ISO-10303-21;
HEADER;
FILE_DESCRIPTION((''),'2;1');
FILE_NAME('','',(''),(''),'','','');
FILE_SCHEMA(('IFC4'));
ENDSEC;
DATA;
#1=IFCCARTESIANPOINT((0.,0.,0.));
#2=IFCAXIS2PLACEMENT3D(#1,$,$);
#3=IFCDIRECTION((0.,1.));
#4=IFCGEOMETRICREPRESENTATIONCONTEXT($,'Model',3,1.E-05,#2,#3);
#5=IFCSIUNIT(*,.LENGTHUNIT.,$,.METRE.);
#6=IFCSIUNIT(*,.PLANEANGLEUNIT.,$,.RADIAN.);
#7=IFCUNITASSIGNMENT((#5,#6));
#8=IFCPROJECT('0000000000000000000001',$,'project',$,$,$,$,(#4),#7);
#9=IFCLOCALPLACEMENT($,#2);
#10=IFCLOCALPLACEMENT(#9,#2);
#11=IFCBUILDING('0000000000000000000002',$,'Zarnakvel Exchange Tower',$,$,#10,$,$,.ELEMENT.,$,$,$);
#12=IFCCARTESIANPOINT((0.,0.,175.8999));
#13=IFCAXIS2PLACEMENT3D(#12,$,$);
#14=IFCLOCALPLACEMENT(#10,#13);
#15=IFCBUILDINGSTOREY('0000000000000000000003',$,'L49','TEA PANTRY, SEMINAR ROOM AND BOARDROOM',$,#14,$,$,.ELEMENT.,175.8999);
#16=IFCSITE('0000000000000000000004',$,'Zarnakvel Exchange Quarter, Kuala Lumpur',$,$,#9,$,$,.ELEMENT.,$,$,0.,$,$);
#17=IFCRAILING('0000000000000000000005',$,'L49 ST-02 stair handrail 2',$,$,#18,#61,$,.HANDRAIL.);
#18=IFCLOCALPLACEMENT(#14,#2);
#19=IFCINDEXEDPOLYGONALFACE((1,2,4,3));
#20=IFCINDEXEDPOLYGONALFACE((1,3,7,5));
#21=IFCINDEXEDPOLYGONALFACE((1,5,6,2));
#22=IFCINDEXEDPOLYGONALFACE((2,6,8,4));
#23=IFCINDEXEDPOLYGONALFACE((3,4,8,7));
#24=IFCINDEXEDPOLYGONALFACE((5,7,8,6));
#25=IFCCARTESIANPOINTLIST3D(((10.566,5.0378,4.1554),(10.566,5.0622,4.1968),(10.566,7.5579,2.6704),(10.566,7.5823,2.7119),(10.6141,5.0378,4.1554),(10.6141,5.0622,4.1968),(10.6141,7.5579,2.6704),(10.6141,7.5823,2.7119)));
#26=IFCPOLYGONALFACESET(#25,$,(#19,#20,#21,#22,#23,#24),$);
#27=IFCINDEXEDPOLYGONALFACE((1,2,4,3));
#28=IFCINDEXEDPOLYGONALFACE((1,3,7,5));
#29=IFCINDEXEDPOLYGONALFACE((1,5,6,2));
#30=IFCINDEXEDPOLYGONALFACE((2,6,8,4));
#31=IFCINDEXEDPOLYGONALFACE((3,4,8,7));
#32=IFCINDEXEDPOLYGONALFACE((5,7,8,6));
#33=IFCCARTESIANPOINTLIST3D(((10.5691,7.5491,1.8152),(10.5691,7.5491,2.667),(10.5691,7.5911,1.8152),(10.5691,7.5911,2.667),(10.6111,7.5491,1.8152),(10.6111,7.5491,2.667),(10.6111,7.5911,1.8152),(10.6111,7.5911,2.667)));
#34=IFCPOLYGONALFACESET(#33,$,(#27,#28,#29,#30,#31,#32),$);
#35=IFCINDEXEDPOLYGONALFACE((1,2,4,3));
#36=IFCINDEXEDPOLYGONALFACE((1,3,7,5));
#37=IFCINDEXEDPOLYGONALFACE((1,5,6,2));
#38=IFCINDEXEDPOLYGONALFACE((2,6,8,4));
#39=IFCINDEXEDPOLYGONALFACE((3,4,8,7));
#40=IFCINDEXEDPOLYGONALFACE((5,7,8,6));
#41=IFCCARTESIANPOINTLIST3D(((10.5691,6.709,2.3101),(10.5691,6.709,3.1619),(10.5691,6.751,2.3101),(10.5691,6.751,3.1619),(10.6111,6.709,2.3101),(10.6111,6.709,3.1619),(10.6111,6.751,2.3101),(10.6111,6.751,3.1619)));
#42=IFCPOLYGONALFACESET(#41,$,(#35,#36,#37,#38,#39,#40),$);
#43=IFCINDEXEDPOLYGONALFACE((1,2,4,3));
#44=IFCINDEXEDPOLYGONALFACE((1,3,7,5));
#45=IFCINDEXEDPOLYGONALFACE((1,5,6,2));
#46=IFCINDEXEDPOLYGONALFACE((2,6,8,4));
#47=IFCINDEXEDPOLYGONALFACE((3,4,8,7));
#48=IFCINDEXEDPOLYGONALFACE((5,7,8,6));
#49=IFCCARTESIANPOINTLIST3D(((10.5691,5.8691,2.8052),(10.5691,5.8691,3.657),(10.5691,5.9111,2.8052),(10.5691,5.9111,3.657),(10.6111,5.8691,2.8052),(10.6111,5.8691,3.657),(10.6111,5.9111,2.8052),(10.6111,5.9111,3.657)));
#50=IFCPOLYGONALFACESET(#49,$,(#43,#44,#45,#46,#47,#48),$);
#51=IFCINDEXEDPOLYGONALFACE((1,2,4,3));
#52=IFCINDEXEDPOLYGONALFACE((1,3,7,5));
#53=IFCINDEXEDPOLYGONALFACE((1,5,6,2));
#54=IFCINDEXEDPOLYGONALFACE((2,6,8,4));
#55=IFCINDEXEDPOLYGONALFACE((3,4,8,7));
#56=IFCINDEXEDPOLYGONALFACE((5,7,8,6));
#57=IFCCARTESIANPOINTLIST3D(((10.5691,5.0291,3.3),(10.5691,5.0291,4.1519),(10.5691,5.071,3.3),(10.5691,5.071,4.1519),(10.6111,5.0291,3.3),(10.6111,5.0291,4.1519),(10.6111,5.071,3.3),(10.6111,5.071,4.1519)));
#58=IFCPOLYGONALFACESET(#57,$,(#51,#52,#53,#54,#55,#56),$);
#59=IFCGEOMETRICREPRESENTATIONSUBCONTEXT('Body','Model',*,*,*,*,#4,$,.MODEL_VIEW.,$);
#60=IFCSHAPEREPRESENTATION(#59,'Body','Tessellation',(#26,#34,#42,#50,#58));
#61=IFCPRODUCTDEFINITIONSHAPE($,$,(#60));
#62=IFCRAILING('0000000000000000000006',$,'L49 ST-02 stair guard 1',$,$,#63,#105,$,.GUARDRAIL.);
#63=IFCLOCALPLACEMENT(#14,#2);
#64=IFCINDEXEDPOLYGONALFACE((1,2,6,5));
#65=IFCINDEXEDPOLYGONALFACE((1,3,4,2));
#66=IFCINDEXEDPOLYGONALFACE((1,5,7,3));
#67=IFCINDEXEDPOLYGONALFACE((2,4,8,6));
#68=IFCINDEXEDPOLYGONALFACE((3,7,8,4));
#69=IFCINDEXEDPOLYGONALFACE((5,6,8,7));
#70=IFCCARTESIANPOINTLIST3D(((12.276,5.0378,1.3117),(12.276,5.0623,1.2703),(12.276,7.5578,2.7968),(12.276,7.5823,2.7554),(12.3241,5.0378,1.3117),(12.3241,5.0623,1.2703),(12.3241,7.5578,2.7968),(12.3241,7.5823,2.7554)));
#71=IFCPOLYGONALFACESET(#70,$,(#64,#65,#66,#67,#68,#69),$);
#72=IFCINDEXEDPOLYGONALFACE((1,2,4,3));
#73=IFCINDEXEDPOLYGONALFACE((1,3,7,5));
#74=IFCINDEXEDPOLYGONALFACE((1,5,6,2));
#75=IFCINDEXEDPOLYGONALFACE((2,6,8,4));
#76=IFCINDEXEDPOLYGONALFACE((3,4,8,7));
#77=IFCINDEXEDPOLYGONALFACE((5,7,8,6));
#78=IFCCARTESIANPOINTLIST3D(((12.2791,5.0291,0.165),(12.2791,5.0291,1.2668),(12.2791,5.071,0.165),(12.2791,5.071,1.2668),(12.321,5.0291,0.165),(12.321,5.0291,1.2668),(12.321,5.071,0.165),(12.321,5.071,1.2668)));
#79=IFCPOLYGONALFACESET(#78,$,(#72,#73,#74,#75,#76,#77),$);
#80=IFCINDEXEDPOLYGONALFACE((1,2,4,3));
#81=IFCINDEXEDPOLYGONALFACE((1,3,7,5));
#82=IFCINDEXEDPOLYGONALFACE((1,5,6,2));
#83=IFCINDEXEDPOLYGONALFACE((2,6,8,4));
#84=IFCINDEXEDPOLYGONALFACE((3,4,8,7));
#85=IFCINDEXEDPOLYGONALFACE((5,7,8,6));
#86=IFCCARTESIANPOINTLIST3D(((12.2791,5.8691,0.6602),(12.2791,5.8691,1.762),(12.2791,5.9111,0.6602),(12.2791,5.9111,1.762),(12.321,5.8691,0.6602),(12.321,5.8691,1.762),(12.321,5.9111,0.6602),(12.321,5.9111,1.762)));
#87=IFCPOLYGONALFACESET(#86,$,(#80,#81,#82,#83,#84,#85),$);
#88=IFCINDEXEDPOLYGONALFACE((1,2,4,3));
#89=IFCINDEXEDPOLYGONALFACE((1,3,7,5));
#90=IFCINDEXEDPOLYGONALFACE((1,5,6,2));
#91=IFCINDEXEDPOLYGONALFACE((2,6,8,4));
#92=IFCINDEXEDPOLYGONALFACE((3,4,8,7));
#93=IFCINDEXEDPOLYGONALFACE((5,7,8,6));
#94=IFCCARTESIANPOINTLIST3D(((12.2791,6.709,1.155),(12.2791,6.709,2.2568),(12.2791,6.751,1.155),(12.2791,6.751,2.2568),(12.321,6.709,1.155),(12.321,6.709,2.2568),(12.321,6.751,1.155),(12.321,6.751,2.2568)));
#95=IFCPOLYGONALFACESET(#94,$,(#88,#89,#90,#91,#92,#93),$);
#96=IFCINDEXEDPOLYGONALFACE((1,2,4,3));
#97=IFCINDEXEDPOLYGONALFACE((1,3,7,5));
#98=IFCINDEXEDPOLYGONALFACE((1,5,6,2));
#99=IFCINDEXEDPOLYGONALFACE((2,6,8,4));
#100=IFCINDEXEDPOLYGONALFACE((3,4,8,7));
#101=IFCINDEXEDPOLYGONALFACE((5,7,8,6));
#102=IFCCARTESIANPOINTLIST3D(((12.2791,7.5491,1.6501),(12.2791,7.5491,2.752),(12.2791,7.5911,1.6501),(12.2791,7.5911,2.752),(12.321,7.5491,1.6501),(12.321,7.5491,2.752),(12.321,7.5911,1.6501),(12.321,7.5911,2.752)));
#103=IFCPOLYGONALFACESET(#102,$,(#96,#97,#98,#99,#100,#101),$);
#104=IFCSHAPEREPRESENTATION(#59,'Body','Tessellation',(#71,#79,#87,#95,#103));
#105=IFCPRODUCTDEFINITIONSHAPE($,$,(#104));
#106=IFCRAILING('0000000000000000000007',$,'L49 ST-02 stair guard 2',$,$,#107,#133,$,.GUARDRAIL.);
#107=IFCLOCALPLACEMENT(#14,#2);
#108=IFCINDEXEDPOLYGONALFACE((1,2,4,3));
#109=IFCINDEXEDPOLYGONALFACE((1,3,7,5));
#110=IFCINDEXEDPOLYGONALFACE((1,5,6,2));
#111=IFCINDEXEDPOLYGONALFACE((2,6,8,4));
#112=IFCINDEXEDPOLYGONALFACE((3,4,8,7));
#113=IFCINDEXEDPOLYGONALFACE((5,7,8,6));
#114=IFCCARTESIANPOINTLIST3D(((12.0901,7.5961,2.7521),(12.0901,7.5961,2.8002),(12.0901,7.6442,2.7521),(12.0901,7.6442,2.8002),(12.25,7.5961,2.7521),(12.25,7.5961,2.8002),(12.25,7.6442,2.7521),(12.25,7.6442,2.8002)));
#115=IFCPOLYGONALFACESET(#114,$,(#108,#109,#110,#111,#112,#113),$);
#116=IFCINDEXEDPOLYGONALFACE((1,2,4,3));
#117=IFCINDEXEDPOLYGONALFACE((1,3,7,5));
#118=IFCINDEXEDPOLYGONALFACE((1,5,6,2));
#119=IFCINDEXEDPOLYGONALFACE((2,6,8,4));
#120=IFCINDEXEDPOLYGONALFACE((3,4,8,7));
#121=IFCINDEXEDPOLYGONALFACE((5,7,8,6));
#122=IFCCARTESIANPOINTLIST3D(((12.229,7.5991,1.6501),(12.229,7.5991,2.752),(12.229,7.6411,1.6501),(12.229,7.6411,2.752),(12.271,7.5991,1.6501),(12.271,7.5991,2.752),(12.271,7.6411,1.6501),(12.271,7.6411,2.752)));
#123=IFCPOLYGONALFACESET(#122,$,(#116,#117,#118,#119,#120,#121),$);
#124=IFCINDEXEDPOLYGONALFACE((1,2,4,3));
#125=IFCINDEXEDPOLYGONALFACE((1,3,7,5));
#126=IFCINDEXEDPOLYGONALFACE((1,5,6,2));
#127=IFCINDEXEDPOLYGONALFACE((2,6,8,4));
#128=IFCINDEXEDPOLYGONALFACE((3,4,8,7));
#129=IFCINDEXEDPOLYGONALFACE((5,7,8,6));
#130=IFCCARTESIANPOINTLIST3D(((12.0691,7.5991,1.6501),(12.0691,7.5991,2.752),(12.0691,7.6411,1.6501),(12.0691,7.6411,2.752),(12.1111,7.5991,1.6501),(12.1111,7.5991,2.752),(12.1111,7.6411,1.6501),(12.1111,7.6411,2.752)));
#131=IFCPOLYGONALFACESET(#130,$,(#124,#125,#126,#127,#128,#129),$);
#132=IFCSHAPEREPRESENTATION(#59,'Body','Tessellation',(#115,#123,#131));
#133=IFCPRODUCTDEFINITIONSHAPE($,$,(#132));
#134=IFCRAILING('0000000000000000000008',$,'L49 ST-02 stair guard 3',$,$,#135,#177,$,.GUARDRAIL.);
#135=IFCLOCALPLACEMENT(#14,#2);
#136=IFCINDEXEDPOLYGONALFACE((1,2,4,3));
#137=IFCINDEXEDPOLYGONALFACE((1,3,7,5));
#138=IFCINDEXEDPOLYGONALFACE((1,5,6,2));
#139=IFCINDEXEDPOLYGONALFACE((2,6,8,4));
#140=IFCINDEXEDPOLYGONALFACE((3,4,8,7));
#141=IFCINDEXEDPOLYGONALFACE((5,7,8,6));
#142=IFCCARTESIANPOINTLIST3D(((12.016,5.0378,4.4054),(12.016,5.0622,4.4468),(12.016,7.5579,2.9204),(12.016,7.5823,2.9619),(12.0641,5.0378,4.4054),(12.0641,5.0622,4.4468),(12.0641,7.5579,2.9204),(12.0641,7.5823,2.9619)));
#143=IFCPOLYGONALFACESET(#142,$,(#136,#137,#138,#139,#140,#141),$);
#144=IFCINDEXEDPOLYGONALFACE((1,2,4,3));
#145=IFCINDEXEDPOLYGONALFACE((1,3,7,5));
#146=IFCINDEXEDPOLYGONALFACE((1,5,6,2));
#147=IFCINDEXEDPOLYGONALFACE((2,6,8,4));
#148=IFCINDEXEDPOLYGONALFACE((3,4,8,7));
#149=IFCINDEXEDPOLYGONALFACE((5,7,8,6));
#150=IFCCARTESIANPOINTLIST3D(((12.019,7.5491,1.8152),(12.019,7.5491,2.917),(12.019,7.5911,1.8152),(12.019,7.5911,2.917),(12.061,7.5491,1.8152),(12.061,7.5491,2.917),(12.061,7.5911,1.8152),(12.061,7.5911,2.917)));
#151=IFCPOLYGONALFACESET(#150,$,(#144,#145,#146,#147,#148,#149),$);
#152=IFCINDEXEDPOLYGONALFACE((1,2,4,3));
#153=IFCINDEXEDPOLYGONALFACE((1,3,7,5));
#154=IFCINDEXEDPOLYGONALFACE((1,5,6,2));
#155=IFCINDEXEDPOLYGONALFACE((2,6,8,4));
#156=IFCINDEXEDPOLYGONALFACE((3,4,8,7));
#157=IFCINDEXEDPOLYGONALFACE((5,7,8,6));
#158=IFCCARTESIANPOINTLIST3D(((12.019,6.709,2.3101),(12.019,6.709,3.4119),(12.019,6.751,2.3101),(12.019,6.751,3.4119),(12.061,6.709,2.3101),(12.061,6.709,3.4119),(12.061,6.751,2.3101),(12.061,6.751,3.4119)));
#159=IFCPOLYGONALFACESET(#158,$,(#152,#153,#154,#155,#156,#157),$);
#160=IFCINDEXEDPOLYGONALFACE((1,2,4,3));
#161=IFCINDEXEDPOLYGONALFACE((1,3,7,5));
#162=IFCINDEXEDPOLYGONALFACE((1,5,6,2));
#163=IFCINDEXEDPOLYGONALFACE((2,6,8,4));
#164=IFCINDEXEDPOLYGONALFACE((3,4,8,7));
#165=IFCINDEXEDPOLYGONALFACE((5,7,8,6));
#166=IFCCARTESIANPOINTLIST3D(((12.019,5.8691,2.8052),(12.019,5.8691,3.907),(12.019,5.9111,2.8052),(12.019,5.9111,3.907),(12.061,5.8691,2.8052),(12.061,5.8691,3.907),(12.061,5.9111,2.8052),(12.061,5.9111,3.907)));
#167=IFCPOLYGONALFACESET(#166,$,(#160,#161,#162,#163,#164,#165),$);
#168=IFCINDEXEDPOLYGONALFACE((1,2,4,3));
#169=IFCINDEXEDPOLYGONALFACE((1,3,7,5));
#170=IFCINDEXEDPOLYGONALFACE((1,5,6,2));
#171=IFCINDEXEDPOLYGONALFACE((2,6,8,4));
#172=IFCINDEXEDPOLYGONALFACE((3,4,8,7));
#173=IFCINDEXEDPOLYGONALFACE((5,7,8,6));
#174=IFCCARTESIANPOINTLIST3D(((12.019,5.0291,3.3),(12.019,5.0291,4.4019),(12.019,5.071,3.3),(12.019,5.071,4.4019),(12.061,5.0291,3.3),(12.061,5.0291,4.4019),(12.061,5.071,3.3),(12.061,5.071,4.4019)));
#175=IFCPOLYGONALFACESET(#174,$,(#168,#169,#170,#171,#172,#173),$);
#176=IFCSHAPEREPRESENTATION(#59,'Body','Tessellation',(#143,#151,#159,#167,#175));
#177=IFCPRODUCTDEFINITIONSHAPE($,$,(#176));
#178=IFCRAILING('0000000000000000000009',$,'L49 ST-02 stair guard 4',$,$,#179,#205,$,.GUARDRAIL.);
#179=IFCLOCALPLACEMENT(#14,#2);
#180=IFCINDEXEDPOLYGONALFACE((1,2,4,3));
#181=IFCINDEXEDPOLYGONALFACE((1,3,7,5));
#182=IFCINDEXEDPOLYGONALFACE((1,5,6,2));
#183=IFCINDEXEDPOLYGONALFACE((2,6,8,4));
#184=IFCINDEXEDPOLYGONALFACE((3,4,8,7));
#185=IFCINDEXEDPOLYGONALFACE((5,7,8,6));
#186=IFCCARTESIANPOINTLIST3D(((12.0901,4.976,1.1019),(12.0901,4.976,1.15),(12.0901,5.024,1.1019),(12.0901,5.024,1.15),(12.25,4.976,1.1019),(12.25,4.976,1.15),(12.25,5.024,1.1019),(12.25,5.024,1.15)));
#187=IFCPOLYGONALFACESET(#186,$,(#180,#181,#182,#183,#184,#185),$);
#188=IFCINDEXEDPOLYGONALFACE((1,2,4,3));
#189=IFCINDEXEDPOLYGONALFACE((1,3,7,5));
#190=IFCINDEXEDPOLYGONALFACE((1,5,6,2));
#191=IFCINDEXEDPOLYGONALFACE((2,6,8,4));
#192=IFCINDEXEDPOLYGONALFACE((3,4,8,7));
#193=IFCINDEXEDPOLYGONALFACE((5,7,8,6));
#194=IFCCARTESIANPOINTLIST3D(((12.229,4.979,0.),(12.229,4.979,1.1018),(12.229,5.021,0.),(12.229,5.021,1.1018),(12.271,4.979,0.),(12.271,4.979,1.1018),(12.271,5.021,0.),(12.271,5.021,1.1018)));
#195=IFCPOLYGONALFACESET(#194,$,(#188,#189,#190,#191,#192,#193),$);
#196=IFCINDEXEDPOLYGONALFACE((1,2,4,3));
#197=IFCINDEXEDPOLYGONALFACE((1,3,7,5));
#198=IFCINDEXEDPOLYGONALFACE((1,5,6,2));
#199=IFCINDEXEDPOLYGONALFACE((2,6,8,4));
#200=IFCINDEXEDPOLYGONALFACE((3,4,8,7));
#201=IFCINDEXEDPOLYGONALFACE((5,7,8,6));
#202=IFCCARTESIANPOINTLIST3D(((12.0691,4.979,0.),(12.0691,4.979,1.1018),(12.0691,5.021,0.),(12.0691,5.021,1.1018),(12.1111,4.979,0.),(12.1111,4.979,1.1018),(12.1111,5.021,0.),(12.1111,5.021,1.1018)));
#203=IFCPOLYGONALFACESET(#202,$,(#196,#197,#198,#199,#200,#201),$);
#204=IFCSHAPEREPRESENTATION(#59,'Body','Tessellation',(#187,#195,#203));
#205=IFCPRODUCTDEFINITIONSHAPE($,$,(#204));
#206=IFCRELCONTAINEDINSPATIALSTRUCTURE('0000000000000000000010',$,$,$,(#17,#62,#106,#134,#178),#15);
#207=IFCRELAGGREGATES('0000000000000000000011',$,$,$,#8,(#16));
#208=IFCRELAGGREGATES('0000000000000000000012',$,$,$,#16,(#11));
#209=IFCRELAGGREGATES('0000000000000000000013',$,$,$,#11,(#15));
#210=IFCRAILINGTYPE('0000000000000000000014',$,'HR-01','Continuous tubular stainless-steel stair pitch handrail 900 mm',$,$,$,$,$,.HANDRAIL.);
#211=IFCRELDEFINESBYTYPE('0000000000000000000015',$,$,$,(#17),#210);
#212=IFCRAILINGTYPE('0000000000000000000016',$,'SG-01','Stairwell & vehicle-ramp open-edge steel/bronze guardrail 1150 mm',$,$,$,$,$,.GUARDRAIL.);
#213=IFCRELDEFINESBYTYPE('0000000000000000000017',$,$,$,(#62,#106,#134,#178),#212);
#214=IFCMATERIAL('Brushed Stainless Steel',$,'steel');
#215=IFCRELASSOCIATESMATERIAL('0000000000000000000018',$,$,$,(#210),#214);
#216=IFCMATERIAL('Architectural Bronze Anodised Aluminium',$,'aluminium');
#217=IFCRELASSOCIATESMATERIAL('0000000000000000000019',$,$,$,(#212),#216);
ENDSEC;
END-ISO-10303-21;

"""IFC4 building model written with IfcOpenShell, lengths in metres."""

from ifc_helpers import new_model, si_unit, direction, frame, origin, origin_2d, place, context, subcontext, project, spatial, rectangle, extrude, material, type_object, element, save


model = new_model("IFC4")

# Units and contexts
model_context = context("Model", 3, precision=1e-05, world=origin(), true_north=direction((0.0, 1.0)))
body_context = subcontext(model_context, "Body", "Model", "MODEL_VIEW")
ifc_project = project(units=[si_unit("LENGTHUNIT", "METRE"), si_unit("PLANEANGLEUNIT", "RADIAN")], contexts=[model_context])

# Site, building, storey
site_placement = place(None, origin())
site = spatial("IfcSite", under=ifc_project, at=site_placement, Name="Zarnakvel Exchange Quarter, Kuala Lumpur", CompositionType="ELEMENT", RefElevation=0.0)
building_placement = place(site_placement, origin())
building = spatial("IfcBuilding", under=site, at=building_placement, Name="Zarnakvel Exchange Tower", CompositionType="ELEMENT")
storey_placement = place(building_placement, frame((0.0, 0.0, 175.8999)))
storey = spatial("IfcBuildingStorey", under=building, at=storey_placement, Name="L49", Description="TEA PANTRY, SEMINAR ROOM AND BOARDROOM", CompositionType="ELEMENT", Elevation=175.8999)

# Shared definitions
ifc_material_1 = material(Name="Architectural Bronze Anodised Aluminium", Category="aluminium")

# Railings
ifc_material_2 = material(Name="Brushed Stainless Steel", Category="steel")
railing_type_1 = type_object("IfcRailingType", Name="HR-01", Description="Continuous tubular stainless-steel stair pitch handrail 900 mm", PredefinedType="HANDRAIL", material=ifc_material_2)
railing_1_placement = place(storey_placement, frame((10.5901, 7.5701, 1.8152)))
element("IfcRailing", 1, at=railing_1_placement, inside=storey, type_object=railing_type_1, Name="L49 ST-02 stair handrail 2", PredefinedType="HANDRAIL", context=body_context, shape_type="SweptSolid", body=[
    extrude(rectangle(XDim=0.0481, YDim=0.0481, at=origin_2d()), frame((0.0, 0.0, 0.876), z_axis=(0.0, -0.861561, 0.507655), x_axis=(1.0, 0.0, 0.0)), (0.0, 0.0, 1.0), 2.925),
    extrude(rectangle(XDim=0.042, YDim=0.042, at=origin_2d()), origin(), (0.0, 0.0, 1.0), 0.8518),
    extrude(rectangle(XDim=0.042, YDim=0.042, at=origin_2d()), frame((0.0, -0.8401, 0.4949)), (0.0, 0.0, 1.0), 0.8518),
    extrude(rectangle(XDim=0.042, YDim=0.042, at=origin_2d()), frame((0.0, -1.6799, 0.99)), (0.0, 0.0, 1.0), 0.8518),
    extrude(rectangle(XDim=0.042, YDim=0.042, at=origin_2d()), frame((0.0, -2.52, 1.4849)), (0.0, 0.0, 1.0), 0.8518),
])
railing_type_2 = type_object("IfcRailingType", Name="SG-01", Description="Stairwell & vehicle-ramp open-edge steel/bronze guardrail 1150 mm", PredefinedType="GUARDRAIL", material=ifc_material_1)
railing_2_placement = place(storey_placement, frame((12.3, 5.05, 0.165)))
element("IfcRailing", 2, at=railing_2_placement, inside=storey, type_object=railing_type_2, Name="L49 ST-02 stair guard 1", PredefinedType="GUARDRAIL", context=body_context, shape_type="SweptSolid", body=[
    extrude(rectangle(XDim=0.0481, YDim=0.0481, at=origin_2d()), frame((0.0, 0.0, 1.126), z_axis=(0.0, 0.861524, 0.507717), x_axis=(-1.0, 0.0, 0.0)), (0.0, 0.0, 1.0), 2.925),
    extrude(rectangle(XDim=0.042, YDim=0.042, at=origin_2d()), origin(), (0.0, 0.0, 1.0), 1.1018),
    extrude(rectangle(XDim=0.042, YDim=0.042, at=origin_2d()), frame((0.0, 0.8401, 0.4951)), (0.0, 0.0, 1.0), 1.1018),
    extrude(rectangle(XDim=0.042, YDim=0.042, at=origin_2d()), frame((0.0, 1.6799, 0.99)), (0.0, 0.0, 1.0), 1.1018),
    extrude(rectangle(XDim=0.042, YDim=0.042, at=origin_2d()), frame((0.0, 2.52, 1.4851)), (0.0, 0.0, 1.0), 1.1018),
])
railing_3_placement = place(storey_placement, frame((12.25, 7.6201, 1.6501)))
element("IfcRailing", 3, at=railing_3_placement, inside=storey, type_object=railing_type_2, Name="L49 ST-02 stair guard 2", PredefinedType="GUARDRAIL", context=body_context, shape_type="SweptSolid", body=[
    extrude(rectangle(XDim=0.0481, YDim=0.0481, at=origin_2d()), frame((0.0, 0.0, 1.126), z_axis=(-1.0, 0.0, 0.0), x_axis=(0.0, -1.0, 0.0)), (0.0, 0.0, 1.0), 0.1599),
    extrude(rectangle(XDim=0.042, YDim=0.042, at=origin_2d()), origin(), (0.0, 0.0, 1.0), 1.1018),
    extrude(rectangle(XDim=0.042, YDim=0.042, at=origin_2d()), frame((-0.1599, 0.0, 0.0)), (0.0, 0.0, 1.0), 1.1018),
])
railing_4_placement = place(storey_placement, frame((12.04, 7.5701, 1.8152)))
element("IfcRailing", 4, at=railing_4_placement, inside=storey, type_object=railing_type_2, Name="L49 ST-02 stair guard 3", PredefinedType="GUARDRAIL", context=body_context, shape_type="SweptSolid", body=[
    extrude(rectangle(XDim=0.0481, YDim=0.0481, at=origin_2d()), frame((0.0, 0.0, 1.126), z_axis=(0.0, -0.861561, 0.507655), x_axis=(1.0, 0.0, 0.0)), (0.0, 0.0, 1.0), 2.925),
    extrude(rectangle(XDim=0.042, YDim=0.042, at=origin_2d()), origin(), (0.0, 0.0, 1.0), 1.1018),
    extrude(rectangle(XDim=0.042, YDim=0.042, at=origin_2d()), frame((0.0, -0.8401, 0.4949)), (0.0, 0.0, 1.0), 1.1018),
    extrude(rectangle(XDim=0.042, YDim=0.042, at=origin_2d()), frame((0.0, -1.6799, 0.99)), (0.0, 0.0, 1.0), 1.1018),
    extrude(rectangle(XDim=0.042, YDim=0.042, at=origin_2d()), frame((0.0, -2.52, 1.4849)), (0.0, 0.0, 1.0), 1.1018),
])
railing_5_placement = place(storey_placement, frame((12.25, 5.0, 0.0)))
element("IfcRailing", 5, at=railing_5_placement, inside=storey, type_object=railing_type_2, Name="L49 ST-02 stair guard 4", PredefinedType="GUARDRAIL", context=body_context, shape_type="SweptSolid", body=[
    extrude(rectangle(XDim=0.0481, YDim=0.0481, at=origin_2d()), frame((0.0, 0.0, 1.126), z_axis=(-1.0, 0.0, 0.0), x_axis=(0.0, -1.0, 0.0)), (0.0, 0.0, 1.0), 0.1599),
    extrude(rectangle(XDim=0.042, YDim=0.042, at=origin_2d()), origin(), (0.0, 0.0, 1.0), 1.1018),
    extrude(rectangle(XDim=0.042, YDim=0.042, at=origin_2d()), frame((-0.1599, 0.0, 0.0)), (0.0, 0.0, 1.0), 1.1018),
])

save(model, "model.ifc")
